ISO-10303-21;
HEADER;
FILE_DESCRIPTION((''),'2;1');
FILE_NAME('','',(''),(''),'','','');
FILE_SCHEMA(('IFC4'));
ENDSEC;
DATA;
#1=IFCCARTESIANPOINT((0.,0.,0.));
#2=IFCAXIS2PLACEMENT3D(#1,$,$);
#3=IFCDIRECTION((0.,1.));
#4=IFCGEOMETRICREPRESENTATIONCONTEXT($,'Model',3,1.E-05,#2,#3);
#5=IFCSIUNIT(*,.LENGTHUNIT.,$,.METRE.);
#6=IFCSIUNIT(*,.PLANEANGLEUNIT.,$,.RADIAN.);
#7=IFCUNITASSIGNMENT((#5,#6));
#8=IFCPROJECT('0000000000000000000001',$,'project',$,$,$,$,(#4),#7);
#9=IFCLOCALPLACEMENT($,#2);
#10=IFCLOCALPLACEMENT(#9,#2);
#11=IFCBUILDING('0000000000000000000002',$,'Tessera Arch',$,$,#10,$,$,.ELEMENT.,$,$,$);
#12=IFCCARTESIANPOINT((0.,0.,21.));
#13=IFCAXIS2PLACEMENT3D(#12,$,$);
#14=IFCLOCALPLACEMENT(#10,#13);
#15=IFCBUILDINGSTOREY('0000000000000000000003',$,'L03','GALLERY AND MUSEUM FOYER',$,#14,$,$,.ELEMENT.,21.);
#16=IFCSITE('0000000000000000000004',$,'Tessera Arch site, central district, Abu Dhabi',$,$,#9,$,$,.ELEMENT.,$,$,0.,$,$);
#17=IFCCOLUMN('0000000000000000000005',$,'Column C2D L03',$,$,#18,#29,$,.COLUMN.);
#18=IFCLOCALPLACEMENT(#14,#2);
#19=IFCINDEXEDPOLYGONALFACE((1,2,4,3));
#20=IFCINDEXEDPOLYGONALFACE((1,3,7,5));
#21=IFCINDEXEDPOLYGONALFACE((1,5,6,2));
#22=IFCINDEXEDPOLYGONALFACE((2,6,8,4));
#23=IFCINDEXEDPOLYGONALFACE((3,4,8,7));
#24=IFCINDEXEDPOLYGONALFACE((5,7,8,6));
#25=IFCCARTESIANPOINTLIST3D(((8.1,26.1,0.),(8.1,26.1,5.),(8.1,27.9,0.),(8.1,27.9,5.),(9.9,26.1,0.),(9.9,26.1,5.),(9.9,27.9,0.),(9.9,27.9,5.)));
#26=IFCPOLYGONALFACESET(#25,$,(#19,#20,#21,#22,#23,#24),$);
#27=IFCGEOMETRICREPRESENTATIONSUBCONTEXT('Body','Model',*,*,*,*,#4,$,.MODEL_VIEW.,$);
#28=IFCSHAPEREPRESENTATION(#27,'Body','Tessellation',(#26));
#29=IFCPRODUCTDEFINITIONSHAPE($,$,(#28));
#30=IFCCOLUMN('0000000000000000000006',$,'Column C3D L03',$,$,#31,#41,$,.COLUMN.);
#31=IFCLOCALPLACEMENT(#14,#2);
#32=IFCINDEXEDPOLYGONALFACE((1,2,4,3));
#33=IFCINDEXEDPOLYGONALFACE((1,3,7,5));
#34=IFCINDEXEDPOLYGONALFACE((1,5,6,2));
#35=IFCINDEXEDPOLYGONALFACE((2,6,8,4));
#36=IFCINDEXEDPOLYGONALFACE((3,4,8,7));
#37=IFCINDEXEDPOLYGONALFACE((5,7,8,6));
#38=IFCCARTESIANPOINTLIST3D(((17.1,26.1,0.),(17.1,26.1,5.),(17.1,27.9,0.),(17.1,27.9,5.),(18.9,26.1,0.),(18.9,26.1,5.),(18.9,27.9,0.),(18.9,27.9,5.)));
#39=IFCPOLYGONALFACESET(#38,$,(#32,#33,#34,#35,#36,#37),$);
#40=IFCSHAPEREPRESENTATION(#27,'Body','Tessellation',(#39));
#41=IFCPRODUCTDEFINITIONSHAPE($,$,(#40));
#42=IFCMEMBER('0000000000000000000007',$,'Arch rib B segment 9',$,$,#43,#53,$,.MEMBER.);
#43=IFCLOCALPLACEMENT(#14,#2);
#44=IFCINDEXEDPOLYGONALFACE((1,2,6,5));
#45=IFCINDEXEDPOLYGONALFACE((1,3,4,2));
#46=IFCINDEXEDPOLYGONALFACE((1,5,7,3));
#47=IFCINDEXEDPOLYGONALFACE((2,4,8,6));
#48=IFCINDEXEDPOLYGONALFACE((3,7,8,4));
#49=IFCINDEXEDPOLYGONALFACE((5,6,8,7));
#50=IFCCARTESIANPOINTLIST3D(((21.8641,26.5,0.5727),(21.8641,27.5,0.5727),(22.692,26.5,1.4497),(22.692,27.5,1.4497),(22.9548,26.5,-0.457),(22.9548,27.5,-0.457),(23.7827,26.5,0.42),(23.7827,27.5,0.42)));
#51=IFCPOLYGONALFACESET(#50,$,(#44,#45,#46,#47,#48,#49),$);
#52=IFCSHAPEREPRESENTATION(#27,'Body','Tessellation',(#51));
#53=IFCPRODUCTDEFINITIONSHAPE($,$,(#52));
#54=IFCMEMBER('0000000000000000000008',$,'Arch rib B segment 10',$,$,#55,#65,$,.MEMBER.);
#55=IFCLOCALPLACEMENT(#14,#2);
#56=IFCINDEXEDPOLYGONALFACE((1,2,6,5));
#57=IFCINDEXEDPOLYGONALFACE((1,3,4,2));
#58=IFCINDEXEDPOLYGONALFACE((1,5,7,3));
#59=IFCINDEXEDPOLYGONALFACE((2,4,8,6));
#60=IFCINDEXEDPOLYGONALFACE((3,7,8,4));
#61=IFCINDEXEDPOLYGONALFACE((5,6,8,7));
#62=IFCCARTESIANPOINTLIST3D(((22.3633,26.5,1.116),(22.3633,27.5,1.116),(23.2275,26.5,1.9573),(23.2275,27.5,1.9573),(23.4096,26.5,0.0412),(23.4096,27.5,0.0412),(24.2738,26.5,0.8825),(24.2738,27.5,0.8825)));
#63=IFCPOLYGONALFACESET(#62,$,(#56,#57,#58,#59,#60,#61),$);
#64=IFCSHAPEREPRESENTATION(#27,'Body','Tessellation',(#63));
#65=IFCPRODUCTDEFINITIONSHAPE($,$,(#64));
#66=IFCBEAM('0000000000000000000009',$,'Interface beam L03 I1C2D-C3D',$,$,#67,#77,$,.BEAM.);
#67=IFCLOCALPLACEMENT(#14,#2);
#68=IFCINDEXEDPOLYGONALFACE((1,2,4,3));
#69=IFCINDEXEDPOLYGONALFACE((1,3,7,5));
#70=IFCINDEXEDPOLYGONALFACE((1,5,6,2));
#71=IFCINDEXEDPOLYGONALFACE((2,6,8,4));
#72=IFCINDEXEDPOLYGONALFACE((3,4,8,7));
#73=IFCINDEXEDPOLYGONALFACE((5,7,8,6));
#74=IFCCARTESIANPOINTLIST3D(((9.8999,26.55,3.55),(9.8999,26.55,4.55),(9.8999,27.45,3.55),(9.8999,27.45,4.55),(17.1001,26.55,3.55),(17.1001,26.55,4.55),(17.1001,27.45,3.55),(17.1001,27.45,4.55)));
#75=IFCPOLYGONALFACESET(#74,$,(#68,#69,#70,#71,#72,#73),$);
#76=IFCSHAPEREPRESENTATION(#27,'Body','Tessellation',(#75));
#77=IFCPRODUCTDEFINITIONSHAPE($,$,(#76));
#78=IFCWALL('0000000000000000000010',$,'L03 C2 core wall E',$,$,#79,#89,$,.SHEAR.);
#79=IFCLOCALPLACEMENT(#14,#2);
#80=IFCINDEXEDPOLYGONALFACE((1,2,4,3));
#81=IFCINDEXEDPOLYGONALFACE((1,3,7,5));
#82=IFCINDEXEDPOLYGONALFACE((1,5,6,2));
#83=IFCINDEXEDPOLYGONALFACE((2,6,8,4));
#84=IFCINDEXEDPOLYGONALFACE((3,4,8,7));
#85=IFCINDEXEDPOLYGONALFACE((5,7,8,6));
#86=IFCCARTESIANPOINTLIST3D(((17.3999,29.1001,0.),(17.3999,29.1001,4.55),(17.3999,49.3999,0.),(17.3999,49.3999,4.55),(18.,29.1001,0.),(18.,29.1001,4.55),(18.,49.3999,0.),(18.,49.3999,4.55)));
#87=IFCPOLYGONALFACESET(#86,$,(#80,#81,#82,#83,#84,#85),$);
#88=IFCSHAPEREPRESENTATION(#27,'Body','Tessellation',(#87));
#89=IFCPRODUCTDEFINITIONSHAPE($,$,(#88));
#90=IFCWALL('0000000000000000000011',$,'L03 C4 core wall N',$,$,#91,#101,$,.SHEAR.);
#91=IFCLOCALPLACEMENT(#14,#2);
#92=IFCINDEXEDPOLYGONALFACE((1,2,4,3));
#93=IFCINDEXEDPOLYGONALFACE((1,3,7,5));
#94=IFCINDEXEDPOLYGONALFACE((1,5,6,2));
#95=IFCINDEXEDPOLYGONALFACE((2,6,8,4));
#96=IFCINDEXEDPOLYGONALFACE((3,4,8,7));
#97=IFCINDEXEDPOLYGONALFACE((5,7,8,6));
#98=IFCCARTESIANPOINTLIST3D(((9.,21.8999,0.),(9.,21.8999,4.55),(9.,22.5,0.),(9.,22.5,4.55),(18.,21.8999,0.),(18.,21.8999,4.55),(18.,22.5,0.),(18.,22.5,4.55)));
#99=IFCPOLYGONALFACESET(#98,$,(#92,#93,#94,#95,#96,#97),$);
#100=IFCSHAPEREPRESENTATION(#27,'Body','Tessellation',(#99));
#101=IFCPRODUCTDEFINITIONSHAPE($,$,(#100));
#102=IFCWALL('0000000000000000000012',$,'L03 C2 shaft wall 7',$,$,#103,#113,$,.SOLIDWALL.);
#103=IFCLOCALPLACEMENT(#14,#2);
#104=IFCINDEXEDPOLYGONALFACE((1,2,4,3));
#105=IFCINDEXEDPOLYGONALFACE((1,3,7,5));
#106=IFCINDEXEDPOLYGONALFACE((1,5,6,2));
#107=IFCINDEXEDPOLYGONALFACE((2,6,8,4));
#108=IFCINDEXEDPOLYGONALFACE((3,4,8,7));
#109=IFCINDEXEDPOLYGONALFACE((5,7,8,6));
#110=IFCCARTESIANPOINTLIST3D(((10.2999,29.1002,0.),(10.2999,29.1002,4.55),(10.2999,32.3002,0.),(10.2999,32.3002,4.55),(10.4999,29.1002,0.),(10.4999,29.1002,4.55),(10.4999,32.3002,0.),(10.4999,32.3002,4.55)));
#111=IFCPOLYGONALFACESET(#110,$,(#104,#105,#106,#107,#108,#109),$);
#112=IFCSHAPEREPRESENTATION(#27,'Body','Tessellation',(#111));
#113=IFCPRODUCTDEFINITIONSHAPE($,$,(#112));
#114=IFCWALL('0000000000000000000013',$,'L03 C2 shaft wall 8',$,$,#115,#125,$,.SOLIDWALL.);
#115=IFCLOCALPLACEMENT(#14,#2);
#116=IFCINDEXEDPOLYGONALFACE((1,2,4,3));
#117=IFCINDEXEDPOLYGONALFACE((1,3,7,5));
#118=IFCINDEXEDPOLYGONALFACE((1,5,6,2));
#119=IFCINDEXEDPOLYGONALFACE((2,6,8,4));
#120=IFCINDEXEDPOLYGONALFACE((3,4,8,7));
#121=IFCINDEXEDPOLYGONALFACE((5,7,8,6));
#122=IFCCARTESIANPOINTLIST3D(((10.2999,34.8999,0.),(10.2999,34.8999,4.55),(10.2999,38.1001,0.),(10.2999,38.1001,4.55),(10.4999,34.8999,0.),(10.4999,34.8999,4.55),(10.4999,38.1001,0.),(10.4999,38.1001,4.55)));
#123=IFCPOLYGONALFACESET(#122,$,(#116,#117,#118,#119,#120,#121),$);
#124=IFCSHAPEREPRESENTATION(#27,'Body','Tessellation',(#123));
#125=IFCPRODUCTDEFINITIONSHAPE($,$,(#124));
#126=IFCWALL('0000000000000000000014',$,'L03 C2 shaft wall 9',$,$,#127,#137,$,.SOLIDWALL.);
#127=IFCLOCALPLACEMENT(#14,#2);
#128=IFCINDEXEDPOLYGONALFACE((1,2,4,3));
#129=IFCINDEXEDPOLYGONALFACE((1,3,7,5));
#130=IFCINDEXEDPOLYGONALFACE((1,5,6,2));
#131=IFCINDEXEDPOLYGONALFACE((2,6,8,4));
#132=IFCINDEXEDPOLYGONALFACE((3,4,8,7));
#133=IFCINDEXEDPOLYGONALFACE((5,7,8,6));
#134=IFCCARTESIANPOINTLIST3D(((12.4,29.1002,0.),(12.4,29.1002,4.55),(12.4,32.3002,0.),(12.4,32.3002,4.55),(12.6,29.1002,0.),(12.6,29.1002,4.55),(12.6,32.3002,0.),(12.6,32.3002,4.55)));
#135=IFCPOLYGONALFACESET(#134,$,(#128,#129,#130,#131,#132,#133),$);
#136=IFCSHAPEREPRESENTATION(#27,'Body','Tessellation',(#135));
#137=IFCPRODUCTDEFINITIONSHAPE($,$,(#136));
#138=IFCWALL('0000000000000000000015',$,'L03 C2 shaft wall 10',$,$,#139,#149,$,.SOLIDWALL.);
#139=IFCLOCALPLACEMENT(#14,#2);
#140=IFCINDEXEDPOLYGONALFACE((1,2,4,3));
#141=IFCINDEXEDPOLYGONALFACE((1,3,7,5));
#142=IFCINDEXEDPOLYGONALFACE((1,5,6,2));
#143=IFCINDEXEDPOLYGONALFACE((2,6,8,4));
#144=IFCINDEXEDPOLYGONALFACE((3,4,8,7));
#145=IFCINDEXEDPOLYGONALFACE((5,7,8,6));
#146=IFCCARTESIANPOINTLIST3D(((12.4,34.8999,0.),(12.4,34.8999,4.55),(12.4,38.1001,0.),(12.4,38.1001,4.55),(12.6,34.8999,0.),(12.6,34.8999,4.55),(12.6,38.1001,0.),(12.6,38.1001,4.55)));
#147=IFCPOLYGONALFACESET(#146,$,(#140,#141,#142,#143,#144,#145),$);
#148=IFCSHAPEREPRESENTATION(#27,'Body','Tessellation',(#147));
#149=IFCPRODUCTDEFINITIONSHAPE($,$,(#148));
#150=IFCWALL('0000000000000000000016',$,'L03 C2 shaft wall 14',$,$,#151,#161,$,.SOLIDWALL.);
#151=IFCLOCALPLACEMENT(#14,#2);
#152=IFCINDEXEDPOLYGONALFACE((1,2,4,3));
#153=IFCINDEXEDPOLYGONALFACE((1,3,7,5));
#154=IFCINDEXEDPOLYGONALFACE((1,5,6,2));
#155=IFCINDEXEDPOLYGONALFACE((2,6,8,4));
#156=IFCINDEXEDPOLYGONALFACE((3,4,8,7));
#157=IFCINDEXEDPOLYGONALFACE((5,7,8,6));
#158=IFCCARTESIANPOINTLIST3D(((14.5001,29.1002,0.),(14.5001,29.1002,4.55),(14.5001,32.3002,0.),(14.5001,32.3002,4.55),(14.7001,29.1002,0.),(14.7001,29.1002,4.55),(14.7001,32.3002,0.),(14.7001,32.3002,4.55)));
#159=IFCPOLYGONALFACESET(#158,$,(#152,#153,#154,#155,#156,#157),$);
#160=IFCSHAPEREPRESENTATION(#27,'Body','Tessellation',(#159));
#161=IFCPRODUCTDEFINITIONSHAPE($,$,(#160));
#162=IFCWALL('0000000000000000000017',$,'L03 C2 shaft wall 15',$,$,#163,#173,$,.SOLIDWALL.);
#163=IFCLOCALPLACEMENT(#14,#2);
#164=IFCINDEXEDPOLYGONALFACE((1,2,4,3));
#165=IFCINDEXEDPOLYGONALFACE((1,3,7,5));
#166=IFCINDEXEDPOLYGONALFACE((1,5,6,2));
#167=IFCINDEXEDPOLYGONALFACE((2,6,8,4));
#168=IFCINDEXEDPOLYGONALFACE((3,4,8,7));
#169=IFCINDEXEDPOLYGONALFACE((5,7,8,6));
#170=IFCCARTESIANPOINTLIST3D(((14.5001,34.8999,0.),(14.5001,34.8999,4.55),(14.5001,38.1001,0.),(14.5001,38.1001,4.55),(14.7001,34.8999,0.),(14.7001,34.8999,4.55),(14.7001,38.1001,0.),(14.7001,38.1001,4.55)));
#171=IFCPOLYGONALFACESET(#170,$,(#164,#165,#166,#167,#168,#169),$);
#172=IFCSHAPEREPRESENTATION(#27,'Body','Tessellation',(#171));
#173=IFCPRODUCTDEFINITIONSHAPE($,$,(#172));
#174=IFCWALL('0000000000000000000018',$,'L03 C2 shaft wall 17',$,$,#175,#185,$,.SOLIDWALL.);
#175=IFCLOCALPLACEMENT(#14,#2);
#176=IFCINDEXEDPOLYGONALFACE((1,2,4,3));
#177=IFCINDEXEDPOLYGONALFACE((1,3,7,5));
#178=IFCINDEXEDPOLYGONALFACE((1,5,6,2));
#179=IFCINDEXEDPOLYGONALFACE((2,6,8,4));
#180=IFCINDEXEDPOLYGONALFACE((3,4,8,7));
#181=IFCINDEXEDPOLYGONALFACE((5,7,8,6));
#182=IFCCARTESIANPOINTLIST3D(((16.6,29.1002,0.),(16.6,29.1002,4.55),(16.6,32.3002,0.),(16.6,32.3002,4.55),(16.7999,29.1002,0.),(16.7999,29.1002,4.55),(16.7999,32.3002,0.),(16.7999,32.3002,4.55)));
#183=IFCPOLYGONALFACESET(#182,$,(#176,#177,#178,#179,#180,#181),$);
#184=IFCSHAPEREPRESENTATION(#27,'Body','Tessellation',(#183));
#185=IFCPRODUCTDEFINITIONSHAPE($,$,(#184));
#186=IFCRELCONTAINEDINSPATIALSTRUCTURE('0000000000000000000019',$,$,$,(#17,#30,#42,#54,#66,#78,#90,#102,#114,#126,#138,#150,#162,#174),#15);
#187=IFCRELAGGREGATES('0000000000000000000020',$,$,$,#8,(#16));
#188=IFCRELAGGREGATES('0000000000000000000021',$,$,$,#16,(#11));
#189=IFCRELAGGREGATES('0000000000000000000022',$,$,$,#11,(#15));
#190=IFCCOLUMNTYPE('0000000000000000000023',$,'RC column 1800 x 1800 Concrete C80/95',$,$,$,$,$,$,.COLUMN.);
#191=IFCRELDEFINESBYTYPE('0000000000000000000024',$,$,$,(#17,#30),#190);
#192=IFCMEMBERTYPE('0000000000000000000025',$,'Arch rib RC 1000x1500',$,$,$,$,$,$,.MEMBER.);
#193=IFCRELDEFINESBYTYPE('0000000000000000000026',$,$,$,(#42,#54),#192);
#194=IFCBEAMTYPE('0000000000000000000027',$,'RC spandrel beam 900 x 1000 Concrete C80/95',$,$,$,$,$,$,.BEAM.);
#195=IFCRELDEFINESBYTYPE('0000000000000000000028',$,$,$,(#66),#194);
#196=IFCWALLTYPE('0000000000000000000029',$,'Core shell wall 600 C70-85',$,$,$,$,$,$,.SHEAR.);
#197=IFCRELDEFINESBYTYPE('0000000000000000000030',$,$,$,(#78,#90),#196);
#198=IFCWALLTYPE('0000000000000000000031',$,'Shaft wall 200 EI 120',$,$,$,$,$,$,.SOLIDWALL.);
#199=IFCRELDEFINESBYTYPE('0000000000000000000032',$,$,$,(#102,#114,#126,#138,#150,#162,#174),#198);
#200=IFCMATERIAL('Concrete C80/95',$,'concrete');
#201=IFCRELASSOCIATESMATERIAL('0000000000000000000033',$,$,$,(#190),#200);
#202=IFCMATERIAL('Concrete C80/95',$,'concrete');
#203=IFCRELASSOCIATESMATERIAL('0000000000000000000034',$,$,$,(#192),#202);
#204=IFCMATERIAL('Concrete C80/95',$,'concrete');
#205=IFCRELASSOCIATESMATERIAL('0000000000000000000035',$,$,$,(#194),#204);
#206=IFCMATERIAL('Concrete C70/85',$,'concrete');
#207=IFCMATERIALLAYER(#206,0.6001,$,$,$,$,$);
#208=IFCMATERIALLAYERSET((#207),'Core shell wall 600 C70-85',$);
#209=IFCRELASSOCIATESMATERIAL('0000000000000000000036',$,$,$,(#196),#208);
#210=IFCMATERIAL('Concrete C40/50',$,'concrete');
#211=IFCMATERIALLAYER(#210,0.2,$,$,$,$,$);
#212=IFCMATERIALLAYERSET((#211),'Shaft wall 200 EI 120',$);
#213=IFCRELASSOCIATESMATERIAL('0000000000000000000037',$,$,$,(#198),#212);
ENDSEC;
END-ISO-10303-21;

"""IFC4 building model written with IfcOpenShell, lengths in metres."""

from ifc_helpers import new_model, si_unit, direction, frame, frame_2d, origin, origin_2d, place, context, subcontext, project, spatial, rectangle, extrude, material, layer, layer_set, material_profile, profile_set, type_object, element, save


model = new_model("IFC4")

# Units and contexts
model_context = context("Model", 3, precision=1e-05, world=origin(), true_north=direction((0.0, 1.0)))
body_context = subcontext(model_context, "Body", "Model", "MODEL_VIEW")
ifc_project = project(units=[si_unit("LENGTHUNIT", "METRE"), si_unit("PLANEANGLEUNIT", "RADIAN")], contexts=[model_context])

# Site, building, storey
site_placement = place(None, origin())
site = spatial("IfcSite", under=ifc_project, at=site_placement, Name="Tessera Arch site, central district, Abu Dhabi", CompositionType="ELEMENT", RefElevation=0.0)
building_placement = place(site_placement, origin())
building = spatial("IfcBuilding", under=site, at=building_placement, Name="Tessera Arch", CompositionType="ELEMENT")
storey_placement = place(building_placement, frame((0.0, 0.0, 21.0)))
storey = spatial("IfcBuildingStorey", under=building, at=storey_placement, Name="L03", Description="GALLERY AND MUSEUM FOYER", CompositionType="ELEMENT", Elevation=21.0)

# Columns
ifc_material_1 = material(Name="Concrete C80/95", Category="concrete")
ifc_material_profile_1 = material_profile(ifc_material_1, rectangle(XDim=1.8, YDim=1.8, at=origin_2d()), Name="RC column 1800 x 1800 Concrete C80/95")
ifc_profile_set_1 = profile_set([ifc_material_profile_1], Name="Concrete C80/95")
column_type = type_object("IfcColumnType", Name="RC column 1800 x 1800 Concrete C80/95", PredefinedType="COLUMN", material=ifc_profile_set_1)
for number, where, z_axis, x_axis, name in (
    (1, (9.0, 27.0, 0.0), (0.0, 0.0, 1.0), (1.0, 0.0, 0.0), "Column C2D L03"),
    (2, (18.0, 27.0, 0.0), (0.0, 0.0, 1.0), (1.0, 0.0, 0.0), "Column C3D L03"),
):
    element("IfcColumn", number, at=place(storey_placement, frame(where, z_axis=z_axis, x_axis=x_axis)), inside=storey, type_object=column_type, Name=name, PredefinedType="COLUMN", context=body_context, shape_type="SweptSolid", body=[
        extrude(rectangle(XDim=1.8, YDim=1.8, at=origin_2d()), origin(), (0.0, 0.0, 1.0), 5.0),
    ])

# Members
ifc_material_2 = material(Name="Concrete C80/95", Category="concrete")
ifc_material_profile_2 = material_profile(ifc_material_2, rectangle(XDim=1.0, YDim=1.5, at=origin_2d()), Name="RC 1000x1500")
ifc_profile_set_2 = profile_set([ifc_material_profile_2], Name="Concrete C80/95")
member_type = type_object("IfcMemberType", Name="Arch rib RC 1000x1500", PredefinedType="MEMBER", material=ifc_profile_set_2)
for number, where, z_axis, x_axis, name in (
    (3, (22.4094, 27.0, 0.0579), (0.686469, 0.0, 0.727159), (0.0, 1.0, 0.0), "Arch rib B segment 9"),
    (4, (22.8865, 27.0, 0.5786), (0.716556, 0.0, 0.697529), (0.0, 1.0, 0.0), "Arch rib B segment 10"),
):
    element("IfcMember", number, at=place(storey_placement, frame(where, z_axis=z_axis, x_axis=x_axis)), inside=storey, type_object=member_type, Name=name, PredefinedType="MEMBER", context=body_context, shape_type="SweptSolid", body=[
        extrude(rectangle(XDim=1.0, YDim=1.5, at=origin_2d()), origin(), (0.0, 0.0, 1.0), 1.2061),
    ])

# Beam
ifc_material_3 = material(Name="Concrete C80/95", Category="concrete")
ifc_material_profile_3 = material_profile(ifc_material_3, rectangle(XDim=0.8999, YDim=1.0, at=origin_2d()), Name="RC spandrel beam 900 x 1000 Concrete C80/95")
ifc_profile_set_3 = profile_set([ifc_material_profile_3], Name="Concrete C80/95")
beam_type = type_object("IfcBeamType", Name="RC spandrel beam 900 x 1000 Concrete C80/95", PredefinedType="BEAM", material=ifc_profile_set_3)
beam_placement = place(storey_placement, frame((9.8999, 27.0, 4.05), z_axis=(1.0, 0.0, 0.0), x_axis=(0.0, 1.0, 0.0)))
element("IfcBeam", 5, at=beam_placement, inside=storey, type_object=beam_type, Name="Interface beam L03 I1C2D-C3D", PredefinedType="BEAM", context=body_context, shape_type="SweptSolid", body=[
    extrude(rectangle(XDim=0.8999, YDim=1.0, at=origin_2d()), origin(), (0.0, 0.0, 1.0), 7.2002),
])

# Walls
ifc_material_4 = material(Name="Concrete C70/85", Category="concrete")
ifc_layer_1 = layer(ifc_material_4, 0.6001)
ifc_layer_set_1 = layer_set([ifc_layer_1], Name="Core shell wall 600 C70-85")
wall_type_1 = type_object("IfcWallType", Name="Core shell wall 600 C70-85", PredefinedType="SHEAR", material=ifc_layer_set_1)
wall_1_placement = place(storey_placement, frame((17.7, 29.1001, 0.0), z_axis=(0.0, 0.0, 1.0), x_axis=(0.0, 1.0, 0.0)))
element("IfcWall", 6, at=wall_1_placement, inside=storey, type_object=wall_type_1, Name="L03 C2 core wall E", PredefinedType="SHEAR", context=body_context, shape_type="SweptSolid", body=[
    extrude(rectangle(XDim=20.2998, YDim=0.6001, at=frame_2d((10.1499, 0.0))), origin(), (0.0, 0.0, 1.0), 4.55),
])
wall_2_placement = place(storey_placement, frame((9.0, 22.2, 0.0), z_axis=(0.0, 0.0, 1.0), x_axis=(1.0, 0.0, 0.0)))
element("IfcWall", 7, at=wall_2_placement, inside=storey, type_object=wall_type_1, Name="L03 C4 core wall N", PredefinedType="SHEAR", context=body_context, shape_type="SweptSolid", body=[
    extrude(rectangle(XDim=9.0, YDim=0.6001, at=frame_2d((4.5, 0.0))), origin(), (0.0, 0.0, 1.0), 4.55),
])
ifc_material_5 = material(Name="Concrete C40/50", Category="concrete")
ifc_layer_2 = layer(ifc_material_5, 0.2)
ifc_layer_set_2 = layer_set([ifc_layer_2], Name="Shaft wall 200 EI 120")
wall_type_2 = type_object("IfcWallType", Name="Shaft wall 200 EI 120", PredefinedType="SOLIDWALL", material=ifc_layer_set_2)
wall_3_placement = place(storey_placement, frame((10.3999, 29.1001, 0.0), z_axis=(0.0, 0.0, 1.0), x_axis=(0.0, 1.0, 0.0)))
element("IfcWall", 8, at=wall_3_placement, inside=storey, type_object=wall_type_2, Name="L03 C2 shaft wall 7", PredefinedType="SOLIDWALL", context=body_context, shape_type="SweptSolid", body=[
    extrude(rectangle(XDim=3.2, YDim=0.2, at=frame_2d((1.6001, 0.0))), origin(), (0.0, 0.0, 1.0), 4.55),
])
wall_4_placement = place(storey_placement, frame((10.3999, 34.8999, 0.0), z_axis=(0.0, 0.0, 1.0), x_axis=(0.0, 1.0, 0.0)))
element("IfcWall", 9, at=wall_4_placement, inside=storey, type_object=wall_type_2, Name="L03 C2 shaft wall 8", PredefinedType="SOLIDWALL", context=body_context, shape_type="SweptSolid", body=[
    extrude(rectangle(XDim=3.2002, YDim=0.2, at=frame_2d((1.6001, 0.0))), origin(), (0.0, 0.0, 1.0), 4.55),
])
wall_5_placement = place(storey_placement, frame((12.5, 29.1001, 0.0), z_axis=(0.0, 0.0, 1.0), x_axis=(0.0, 1.0, 0.0)))
element("IfcWall", 10, at=wall_5_placement, inside=storey, type_object=wall_type_2, Name="L03 C2 shaft wall 9", PredefinedType="SOLIDWALL", context=body_context, shape_type="SweptSolid", body=[
    extrude(rectangle(XDim=3.2, YDim=0.2, at=frame_2d((1.6001, 0.0))), origin(), (0.0, 0.0, 1.0), 4.55),
])
wall_6_placement = place(storey_placement, frame((12.5, 34.8999, 0.0), z_axis=(0.0, 0.0, 1.0), x_axis=(0.0, 1.0, 0.0)))
element("IfcWall", 11, at=wall_6_placement, inside=storey, type_object=wall_type_2, Name="L03 C2 shaft wall 10", PredefinedType="SOLIDWALL", context=body_context, shape_type="SweptSolid", body=[
    extrude(rectangle(XDim=3.2002, YDim=0.2, at=frame_2d((1.6001, 0.0))), origin(), (0.0, 0.0, 1.0), 4.55),
])
wall_7_placement = place(storey_placement, frame((14.6001, 29.1001, 0.0), z_axis=(0.0, 0.0, 1.0), x_axis=(0.0, 1.0, 0.0)))
element("IfcWall", 12, at=wall_7_placement, inside=storey, type_object=wall_type_2, Name="L03 C2 shaft wall 14", PredefinedType="SOLIDWALL", context=body_context, shape_type="SweptSolid", body=[
    extrude(rectangle(XDim=3.2, YDim=0.2, at=frame_2d((1.6001, 0.0))), origin(), (0.0, 0.0, 1.0), 4.55),
])
wall_8_placement = place(storey_placement, frame((14.6001, 34.8999, 0.0), z_axis=(0.0, 0.0, 1.0), x_axis=(0.0, 1.0, 0.0)))
element("IfcWall", 13, at=wall_8_placement, inside=storey, type_object=wall_type_2, Name="L03 C2 shaft wall 15", PredefinedType="SOLIDWALL", context=body_context, shape_type="SweptSolid", body=[
    extrude(rectangle(XDim=3.2002, YDim=0.2, at=frame_2d((1.6001, 0.0))), origin(), (0.0, 0.0, 1.0), 4.55),
])
wall_9_placement = place(storey_placement, frame((16.7, 29.1001, 0.0), z_axis=(0.0, 0.0, 1.0), x_axis=(0.0, 1.0, 0.0)))
element("IfcWall", 14, at=wall_9_placement, inside=storey, type_object=wall_type_2, Name="L03 C2 shaft wall 17", PredefinedType="SOLIDWALL", context=body_context, shape_type="SweptSolid", body=[
    extrude(rectangle(XDim=3.2, YDim=0.2, at=frame_2d((1.6001, 0.0))), origin(), (0.0, 0.0, 1.0), 4.55),
])

save(model, "model.ifc")
